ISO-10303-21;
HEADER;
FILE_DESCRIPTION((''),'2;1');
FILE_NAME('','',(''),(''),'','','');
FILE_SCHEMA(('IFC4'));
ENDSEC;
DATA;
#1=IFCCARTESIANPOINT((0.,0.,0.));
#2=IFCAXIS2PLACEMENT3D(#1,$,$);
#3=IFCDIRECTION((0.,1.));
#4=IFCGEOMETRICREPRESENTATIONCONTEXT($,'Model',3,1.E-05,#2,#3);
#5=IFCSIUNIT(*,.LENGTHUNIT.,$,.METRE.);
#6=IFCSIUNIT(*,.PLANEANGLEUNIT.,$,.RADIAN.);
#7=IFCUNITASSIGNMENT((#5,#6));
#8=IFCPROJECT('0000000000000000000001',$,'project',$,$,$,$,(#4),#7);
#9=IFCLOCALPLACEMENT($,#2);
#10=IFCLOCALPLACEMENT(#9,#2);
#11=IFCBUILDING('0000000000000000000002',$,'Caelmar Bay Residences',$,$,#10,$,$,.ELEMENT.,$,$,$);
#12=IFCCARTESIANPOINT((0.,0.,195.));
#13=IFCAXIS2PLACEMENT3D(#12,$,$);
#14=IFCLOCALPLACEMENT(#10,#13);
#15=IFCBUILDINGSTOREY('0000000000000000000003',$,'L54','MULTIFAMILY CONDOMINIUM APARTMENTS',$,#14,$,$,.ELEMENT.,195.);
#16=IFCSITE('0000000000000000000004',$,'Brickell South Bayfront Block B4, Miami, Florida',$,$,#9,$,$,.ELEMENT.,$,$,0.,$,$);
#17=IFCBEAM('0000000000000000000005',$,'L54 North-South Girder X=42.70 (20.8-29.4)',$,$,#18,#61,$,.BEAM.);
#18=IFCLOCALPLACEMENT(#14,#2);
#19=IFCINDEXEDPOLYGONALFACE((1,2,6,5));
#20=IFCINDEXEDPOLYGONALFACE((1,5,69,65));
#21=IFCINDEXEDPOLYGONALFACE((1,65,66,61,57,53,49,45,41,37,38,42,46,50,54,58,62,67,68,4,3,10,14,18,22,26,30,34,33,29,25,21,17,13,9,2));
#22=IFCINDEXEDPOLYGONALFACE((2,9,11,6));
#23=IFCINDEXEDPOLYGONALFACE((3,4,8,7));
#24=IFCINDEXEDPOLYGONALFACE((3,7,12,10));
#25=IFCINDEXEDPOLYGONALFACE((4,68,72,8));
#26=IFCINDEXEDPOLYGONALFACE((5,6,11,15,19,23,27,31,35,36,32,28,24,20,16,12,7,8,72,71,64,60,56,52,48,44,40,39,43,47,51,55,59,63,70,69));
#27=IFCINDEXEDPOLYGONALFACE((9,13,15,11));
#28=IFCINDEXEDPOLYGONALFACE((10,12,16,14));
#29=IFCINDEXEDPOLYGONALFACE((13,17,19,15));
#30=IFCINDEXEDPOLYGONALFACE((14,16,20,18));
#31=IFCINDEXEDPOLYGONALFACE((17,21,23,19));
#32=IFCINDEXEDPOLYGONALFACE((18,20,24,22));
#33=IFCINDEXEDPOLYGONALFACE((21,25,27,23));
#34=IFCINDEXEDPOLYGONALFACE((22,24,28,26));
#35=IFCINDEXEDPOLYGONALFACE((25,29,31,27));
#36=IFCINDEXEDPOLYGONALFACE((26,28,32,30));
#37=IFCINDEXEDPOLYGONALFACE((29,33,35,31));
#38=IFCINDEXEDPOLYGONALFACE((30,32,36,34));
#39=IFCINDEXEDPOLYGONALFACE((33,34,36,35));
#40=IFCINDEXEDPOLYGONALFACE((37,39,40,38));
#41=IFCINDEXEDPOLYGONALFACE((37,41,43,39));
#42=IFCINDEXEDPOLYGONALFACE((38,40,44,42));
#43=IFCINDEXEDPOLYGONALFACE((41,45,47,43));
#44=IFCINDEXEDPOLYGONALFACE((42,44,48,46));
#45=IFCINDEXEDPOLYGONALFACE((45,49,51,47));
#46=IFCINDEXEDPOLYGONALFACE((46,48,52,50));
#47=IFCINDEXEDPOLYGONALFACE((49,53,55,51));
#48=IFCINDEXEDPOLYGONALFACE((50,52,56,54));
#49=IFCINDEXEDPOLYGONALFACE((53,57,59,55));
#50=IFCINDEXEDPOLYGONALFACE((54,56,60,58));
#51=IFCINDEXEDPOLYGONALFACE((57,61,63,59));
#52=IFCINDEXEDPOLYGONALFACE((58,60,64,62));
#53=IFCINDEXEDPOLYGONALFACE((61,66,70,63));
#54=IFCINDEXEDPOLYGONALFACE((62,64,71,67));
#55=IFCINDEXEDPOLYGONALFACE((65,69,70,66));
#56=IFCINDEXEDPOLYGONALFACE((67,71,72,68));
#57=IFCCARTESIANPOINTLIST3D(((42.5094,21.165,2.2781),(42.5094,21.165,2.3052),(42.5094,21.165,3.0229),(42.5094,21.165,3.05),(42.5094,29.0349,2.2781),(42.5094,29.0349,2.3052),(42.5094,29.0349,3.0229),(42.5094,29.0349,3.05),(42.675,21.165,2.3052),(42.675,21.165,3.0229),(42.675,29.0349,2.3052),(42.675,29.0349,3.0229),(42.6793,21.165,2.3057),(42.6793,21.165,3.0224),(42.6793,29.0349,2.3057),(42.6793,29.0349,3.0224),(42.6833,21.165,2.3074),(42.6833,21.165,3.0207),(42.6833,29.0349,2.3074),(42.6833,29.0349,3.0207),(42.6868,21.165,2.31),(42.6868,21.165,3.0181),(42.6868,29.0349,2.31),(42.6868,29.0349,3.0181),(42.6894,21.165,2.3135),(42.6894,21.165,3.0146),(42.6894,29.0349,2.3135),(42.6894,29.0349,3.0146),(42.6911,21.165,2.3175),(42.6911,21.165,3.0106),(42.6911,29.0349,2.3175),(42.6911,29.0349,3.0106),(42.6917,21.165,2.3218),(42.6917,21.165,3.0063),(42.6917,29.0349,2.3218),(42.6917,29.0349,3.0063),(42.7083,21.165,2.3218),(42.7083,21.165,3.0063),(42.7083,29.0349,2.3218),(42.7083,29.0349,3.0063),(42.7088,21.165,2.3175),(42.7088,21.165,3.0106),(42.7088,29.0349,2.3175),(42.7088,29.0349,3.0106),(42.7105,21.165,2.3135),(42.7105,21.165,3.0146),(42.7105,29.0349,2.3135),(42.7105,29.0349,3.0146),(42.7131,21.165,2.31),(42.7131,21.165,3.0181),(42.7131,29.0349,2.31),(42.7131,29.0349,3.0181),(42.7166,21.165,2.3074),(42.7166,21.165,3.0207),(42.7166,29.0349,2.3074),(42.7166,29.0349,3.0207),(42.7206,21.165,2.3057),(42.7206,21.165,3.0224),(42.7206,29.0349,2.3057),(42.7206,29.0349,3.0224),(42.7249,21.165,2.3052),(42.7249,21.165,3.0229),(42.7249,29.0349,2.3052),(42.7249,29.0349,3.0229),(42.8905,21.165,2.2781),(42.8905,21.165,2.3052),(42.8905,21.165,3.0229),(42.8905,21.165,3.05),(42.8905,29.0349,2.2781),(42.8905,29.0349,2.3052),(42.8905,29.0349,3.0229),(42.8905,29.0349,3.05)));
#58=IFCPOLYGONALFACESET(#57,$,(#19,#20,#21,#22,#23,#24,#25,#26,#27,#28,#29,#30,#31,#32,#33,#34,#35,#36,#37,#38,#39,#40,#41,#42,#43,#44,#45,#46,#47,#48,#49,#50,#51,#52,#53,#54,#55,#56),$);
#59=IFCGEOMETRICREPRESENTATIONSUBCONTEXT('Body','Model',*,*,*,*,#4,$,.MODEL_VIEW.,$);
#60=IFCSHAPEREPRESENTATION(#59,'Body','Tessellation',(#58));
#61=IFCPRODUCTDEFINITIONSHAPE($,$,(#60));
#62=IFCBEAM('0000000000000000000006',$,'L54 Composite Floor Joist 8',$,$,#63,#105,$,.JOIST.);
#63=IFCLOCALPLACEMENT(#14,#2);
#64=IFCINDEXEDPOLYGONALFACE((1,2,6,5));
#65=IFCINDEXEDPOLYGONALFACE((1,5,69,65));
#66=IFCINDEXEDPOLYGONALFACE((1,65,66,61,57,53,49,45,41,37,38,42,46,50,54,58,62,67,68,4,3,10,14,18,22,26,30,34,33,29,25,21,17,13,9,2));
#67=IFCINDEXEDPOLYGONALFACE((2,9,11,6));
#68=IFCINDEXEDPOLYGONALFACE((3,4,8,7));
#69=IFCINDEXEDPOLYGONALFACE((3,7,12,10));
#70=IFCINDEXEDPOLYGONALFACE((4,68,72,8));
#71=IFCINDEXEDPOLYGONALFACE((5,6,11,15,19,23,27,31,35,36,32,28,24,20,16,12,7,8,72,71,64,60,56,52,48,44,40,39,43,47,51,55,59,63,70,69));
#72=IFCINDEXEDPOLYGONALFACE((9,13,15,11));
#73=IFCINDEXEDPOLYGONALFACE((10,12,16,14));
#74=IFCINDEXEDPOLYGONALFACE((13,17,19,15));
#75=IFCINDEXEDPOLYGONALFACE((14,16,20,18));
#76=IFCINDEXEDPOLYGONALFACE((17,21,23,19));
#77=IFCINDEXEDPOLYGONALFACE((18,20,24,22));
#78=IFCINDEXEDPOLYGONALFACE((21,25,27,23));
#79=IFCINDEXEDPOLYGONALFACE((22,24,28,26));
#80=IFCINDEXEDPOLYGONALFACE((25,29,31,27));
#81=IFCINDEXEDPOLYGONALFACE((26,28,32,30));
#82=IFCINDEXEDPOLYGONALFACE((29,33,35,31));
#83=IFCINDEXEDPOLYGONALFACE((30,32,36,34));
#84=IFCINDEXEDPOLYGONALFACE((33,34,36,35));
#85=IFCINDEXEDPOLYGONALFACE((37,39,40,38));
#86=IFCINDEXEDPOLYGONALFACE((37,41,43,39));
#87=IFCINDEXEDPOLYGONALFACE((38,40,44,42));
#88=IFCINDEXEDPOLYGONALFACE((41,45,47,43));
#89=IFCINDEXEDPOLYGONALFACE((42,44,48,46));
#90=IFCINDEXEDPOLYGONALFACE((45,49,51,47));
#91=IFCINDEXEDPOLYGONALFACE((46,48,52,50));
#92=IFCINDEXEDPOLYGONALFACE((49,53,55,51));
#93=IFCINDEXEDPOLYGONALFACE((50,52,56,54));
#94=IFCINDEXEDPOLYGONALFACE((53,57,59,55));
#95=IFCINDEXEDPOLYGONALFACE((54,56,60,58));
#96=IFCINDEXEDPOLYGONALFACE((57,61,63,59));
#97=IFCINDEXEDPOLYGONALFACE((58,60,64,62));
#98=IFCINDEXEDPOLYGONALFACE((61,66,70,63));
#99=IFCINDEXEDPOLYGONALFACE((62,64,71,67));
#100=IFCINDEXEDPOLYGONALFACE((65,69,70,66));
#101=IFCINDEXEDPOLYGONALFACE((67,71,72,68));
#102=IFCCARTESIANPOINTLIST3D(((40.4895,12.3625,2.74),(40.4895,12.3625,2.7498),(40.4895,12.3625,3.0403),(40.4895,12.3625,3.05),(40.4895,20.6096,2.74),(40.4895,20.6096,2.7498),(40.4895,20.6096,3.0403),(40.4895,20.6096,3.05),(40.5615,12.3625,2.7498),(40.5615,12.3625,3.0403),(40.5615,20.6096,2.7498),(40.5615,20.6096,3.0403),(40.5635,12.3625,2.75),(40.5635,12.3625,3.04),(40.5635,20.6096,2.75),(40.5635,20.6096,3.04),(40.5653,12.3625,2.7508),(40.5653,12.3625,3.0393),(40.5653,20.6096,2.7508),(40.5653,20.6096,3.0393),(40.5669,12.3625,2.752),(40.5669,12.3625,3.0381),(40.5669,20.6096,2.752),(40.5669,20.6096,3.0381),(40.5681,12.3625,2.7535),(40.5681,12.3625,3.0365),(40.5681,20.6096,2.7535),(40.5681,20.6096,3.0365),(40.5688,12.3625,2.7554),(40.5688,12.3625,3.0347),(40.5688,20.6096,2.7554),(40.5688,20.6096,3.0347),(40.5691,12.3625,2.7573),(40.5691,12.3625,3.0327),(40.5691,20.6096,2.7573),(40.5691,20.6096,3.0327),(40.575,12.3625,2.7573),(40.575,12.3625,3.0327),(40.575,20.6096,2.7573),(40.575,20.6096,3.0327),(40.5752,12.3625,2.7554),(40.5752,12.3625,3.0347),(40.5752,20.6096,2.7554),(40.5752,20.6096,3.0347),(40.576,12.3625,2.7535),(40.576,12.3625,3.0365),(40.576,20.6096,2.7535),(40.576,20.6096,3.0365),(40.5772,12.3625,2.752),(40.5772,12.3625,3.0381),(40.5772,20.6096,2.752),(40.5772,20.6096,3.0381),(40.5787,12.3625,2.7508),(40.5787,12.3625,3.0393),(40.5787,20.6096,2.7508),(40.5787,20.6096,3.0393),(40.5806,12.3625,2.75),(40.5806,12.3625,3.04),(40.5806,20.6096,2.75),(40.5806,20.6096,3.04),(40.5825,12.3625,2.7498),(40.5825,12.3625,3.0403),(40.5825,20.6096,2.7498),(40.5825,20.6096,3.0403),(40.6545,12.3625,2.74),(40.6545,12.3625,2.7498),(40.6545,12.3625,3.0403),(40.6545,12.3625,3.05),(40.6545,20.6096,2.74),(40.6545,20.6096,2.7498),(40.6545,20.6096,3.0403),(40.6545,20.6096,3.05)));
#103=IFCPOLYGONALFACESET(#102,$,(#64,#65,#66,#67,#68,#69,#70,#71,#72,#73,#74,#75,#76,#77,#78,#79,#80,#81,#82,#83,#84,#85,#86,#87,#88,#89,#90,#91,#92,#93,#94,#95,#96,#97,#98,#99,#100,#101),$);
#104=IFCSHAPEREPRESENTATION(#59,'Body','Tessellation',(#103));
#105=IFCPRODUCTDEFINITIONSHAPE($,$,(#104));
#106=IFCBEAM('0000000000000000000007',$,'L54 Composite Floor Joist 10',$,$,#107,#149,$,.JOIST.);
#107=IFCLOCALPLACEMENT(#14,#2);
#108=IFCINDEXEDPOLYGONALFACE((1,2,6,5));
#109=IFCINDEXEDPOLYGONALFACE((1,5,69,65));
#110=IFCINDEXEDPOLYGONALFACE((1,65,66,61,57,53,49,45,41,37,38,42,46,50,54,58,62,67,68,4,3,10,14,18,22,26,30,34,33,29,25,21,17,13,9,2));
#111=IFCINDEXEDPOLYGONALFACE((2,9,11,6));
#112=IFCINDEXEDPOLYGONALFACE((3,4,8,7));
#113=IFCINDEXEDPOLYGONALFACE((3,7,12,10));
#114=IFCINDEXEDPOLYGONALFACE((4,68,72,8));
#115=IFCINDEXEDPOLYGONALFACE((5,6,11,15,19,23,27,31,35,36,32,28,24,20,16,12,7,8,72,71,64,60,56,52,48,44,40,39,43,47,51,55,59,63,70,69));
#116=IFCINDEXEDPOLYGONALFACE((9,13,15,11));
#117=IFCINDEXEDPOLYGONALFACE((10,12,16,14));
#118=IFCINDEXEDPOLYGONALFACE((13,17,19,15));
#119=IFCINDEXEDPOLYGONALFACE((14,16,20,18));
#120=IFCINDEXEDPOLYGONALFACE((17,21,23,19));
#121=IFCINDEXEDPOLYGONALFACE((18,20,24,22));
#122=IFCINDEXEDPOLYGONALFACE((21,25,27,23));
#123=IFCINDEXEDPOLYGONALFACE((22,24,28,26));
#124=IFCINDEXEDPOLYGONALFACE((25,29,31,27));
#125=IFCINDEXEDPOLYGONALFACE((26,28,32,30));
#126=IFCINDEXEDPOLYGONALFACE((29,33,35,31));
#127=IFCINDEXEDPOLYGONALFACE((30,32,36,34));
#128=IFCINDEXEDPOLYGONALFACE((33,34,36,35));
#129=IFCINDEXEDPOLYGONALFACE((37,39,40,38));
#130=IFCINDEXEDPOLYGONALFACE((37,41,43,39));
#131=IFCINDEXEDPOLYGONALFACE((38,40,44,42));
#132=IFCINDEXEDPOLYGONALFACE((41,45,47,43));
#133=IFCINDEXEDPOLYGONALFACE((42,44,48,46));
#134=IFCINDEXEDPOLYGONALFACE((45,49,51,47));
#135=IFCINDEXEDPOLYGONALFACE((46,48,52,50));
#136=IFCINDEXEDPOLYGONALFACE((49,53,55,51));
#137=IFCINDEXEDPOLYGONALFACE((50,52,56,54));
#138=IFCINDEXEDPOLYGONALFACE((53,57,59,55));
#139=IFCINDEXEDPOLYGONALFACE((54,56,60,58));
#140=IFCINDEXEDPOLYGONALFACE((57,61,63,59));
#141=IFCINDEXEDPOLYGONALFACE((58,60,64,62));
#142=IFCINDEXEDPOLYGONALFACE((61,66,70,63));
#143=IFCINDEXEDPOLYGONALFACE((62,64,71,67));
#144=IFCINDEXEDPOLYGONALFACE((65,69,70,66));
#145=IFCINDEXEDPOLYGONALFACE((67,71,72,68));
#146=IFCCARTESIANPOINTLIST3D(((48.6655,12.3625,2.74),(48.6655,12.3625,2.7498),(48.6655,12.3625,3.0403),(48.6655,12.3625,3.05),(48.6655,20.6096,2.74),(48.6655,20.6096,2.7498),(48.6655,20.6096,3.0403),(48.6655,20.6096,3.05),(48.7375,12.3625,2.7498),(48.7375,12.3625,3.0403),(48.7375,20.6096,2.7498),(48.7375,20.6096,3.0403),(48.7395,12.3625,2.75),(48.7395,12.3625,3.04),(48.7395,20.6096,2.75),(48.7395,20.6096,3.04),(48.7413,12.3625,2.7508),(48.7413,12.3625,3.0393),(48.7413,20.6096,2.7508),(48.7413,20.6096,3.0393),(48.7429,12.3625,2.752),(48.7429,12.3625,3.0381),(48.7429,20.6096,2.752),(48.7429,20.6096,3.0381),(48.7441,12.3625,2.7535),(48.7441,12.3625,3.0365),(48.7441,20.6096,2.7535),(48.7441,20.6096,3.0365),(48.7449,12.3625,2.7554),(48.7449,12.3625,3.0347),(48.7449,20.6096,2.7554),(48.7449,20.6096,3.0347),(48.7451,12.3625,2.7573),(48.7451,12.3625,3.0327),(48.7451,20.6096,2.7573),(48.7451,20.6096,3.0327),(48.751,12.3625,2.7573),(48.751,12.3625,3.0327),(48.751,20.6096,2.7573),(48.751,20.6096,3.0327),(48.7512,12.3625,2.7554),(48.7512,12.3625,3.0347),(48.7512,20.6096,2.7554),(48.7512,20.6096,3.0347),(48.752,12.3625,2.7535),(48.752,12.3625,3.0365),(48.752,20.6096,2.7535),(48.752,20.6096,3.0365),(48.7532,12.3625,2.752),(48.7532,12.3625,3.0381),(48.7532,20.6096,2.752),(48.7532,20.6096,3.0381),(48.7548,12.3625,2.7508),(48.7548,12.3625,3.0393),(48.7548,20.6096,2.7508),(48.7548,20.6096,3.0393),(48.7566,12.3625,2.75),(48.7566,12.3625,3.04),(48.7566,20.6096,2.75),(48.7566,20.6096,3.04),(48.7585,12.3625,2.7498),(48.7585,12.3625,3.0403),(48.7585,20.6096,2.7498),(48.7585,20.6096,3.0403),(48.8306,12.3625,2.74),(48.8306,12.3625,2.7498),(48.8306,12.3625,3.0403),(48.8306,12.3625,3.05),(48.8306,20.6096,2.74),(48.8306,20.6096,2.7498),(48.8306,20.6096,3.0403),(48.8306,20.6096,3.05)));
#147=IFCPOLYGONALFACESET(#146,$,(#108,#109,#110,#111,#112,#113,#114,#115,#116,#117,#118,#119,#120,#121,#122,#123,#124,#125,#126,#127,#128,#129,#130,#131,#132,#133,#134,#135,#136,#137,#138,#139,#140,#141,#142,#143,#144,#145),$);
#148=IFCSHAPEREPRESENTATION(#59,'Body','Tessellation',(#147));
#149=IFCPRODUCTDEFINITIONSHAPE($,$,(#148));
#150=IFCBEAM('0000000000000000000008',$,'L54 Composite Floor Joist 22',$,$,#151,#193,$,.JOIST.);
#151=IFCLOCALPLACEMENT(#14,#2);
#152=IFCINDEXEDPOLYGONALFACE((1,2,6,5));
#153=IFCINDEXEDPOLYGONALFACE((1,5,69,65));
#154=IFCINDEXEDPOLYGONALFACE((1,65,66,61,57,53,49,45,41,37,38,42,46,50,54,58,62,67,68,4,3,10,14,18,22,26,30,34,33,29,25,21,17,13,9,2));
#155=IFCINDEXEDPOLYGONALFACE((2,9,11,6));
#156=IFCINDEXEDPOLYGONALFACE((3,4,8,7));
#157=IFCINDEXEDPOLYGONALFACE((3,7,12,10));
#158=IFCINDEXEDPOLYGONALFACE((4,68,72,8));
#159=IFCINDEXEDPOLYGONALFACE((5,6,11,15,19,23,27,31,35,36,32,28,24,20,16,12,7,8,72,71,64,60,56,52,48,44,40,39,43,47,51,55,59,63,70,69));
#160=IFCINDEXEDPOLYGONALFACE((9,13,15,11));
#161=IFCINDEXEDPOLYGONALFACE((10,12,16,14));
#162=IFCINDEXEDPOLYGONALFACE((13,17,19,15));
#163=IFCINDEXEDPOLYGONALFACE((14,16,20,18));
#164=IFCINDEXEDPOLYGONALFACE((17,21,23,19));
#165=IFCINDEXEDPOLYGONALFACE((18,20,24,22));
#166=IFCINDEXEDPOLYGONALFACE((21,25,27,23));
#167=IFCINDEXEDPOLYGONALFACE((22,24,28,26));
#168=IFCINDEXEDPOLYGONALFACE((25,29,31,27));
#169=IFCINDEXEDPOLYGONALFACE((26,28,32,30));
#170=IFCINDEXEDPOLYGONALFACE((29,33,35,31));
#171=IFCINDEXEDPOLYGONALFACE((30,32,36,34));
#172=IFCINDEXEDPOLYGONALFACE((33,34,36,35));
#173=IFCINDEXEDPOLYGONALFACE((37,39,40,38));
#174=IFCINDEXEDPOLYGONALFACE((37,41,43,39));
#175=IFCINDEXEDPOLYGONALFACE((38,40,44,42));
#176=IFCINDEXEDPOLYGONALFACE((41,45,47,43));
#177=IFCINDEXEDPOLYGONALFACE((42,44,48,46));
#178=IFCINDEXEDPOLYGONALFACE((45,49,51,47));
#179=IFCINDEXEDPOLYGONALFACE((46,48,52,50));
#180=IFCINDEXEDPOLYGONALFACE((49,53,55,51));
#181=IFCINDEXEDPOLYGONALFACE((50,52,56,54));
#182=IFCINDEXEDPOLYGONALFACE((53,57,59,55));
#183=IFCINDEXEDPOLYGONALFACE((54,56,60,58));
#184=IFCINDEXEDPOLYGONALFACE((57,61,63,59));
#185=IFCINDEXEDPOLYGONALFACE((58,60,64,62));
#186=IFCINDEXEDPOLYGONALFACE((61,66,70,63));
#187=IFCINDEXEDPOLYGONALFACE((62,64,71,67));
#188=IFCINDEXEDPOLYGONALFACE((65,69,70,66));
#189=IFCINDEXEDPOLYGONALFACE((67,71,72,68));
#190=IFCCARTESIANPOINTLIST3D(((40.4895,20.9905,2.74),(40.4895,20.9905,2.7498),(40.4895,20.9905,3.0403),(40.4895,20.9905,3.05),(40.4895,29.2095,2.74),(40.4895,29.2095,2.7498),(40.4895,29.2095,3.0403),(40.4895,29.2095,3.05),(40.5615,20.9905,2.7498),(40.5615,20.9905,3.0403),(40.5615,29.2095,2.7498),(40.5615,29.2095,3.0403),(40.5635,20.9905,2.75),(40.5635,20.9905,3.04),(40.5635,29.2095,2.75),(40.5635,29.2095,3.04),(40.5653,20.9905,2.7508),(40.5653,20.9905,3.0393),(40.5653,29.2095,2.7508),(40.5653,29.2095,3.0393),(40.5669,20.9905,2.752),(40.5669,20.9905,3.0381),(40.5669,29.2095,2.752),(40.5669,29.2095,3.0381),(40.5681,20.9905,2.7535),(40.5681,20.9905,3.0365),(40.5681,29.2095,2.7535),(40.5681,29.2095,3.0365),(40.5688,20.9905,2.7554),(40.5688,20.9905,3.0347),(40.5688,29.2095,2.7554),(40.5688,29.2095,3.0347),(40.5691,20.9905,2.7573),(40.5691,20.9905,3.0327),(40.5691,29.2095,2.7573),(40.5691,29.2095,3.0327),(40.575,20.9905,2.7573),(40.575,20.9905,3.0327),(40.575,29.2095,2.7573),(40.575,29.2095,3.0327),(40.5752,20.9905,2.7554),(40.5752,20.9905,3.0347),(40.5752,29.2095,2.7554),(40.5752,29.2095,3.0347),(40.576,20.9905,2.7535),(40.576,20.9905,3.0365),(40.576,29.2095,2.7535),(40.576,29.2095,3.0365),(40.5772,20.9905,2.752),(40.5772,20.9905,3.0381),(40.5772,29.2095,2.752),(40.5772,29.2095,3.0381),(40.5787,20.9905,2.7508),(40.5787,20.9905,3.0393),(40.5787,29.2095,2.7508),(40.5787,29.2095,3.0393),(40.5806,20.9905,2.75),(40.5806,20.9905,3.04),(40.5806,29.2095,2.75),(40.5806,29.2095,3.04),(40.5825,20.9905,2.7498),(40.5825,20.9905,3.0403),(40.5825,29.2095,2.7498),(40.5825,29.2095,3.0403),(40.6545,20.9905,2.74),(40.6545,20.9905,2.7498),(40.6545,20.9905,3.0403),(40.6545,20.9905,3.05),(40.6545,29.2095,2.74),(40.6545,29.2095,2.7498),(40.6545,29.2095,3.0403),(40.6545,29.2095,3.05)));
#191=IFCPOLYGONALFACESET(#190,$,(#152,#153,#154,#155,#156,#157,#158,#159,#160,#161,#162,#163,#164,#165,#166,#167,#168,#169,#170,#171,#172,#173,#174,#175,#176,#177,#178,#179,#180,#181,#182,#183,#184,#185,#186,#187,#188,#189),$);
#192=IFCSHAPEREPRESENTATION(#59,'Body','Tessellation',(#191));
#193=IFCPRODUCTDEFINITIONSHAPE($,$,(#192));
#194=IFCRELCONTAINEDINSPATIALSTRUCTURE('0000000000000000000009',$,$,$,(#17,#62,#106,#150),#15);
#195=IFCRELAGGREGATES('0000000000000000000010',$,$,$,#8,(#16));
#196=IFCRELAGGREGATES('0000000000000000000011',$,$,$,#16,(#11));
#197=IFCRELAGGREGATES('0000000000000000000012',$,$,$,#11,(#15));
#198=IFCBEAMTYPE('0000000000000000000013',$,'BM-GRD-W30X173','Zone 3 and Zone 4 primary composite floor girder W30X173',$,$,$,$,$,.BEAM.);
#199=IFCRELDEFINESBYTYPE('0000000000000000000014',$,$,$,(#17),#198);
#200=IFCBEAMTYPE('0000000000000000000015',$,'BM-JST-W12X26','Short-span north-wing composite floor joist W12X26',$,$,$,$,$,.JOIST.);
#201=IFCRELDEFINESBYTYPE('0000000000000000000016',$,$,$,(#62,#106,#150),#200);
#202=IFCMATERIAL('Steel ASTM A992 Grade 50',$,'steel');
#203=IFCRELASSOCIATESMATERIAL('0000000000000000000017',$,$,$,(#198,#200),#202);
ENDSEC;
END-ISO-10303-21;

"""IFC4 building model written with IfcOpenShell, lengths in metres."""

from ifc_helpers import new_model, si_unit, direction, frame, origin, origin_2d, place, context, subcontext, project, spatial, i_section, extrude, material, material_profile, profile_set, type_object, element, save


model = new_model("IFC4")

# Units and contexts
model_context = context("Model", 3, precision=1e-05, world=origin(), true_north=direction((0.0, 1.0)))
body_context = subcontext(model_context, "Body", "Model", "MODEL_VIEW")
ifc_project = project(units=[si_unit("LENGTHUNIT", "METRE"), si_unit("PLANEANGLEUNIT", "RADIAN")], contexts=[model_context])

# Site, building, storey
site_placement = place(None, origin())
site = spatial("IfcSite", under=ifc_project, at=site_placement, Name="Brickell South Bayfront Block B4, Miami, Florida", CompositionType="ELEMENT", RefElevation=0.0)
building_placement = place(site_placement, origin())
building = spatial("IfcBuilding", under=site, at=building_placement, Name="Caelmar Bay Residences", CompositionType="ELEMENT")
storey_placement = place(building_placement, frame((0.0, 0.0, 195.0)))
storey = spatial("IfcBuildingStorey", under=building, at=storey_placement, Name="L54", Description="MULTIFAMILY CONDOMINIUM APARTMENTS", CompositionType="ELEMENT", Elevation=195.0)

# Beams
ifc_material_1 = material(Name="Steel ASTM A992 Grade 50", Category="steel")
ifc_material_profile_1 = material_profile(ifc_material_1, i_section(OverallWidth=0.3811, OverallDepth=0.772, WebThickness=0.0166, FlangeThickness=0.0271, FilletRadius=0.0166, at=origin_2d()), Name="W30X173")
ifc_profile_set_1 = profile_set([ifc_material_profile_1], Name="Steel ASTM A992 Grade 50")
beam_type_1 = type_object("IfcBeamType", Name="BM-GRD-W30X173", Description="Zone 3 and Zone 4 primary composite floor girder W30X173", PredefinedType="BEAM", material=ifc_profile_set_1)
beam_1_placement = place(storey_placement, frame((42.7, 21.165, 2.6641), z_axis=(0.0, 1.0, 0.0), x_axis=(-1.0, 0.0, 0.0)))
element("IfcBeam", 1, at=beam_1_placement, inside=storey, type_object=beam_type_1, Name="L54 North-South Girder X=42.70 (20.8-29.4)", PredefinedType="BEAM", context=body_context, shape_type="SweptSolid", body=[
    extrude(i_section(OverallWidth=0.3811, OverallDepth=0.772, WebThickness=0.0166, FlangeThickness=0.0271, FilletRadius=0.0166, at=origin_2d()), origin(), (0.0, 0.0, 1.0), 7.8699),
])
ifc_material_profile_2 = material_profile(ifc_material_1, i_section(OverallWidth=0.165, OverallDepth=0.3101, WebThickness=0.0059, FlangeThickness=0.0098, FilletRadius=0.0076, at=origin_2d()), Name="W12X26")
ifc_profile_set_2 = profile_set([ifc_material_profile_2], Name="Steel ASTM A992 Grade 50")
beam_type_2 = type_object("IfcBeamType", Name="BM-JST-W12X26", Description="Short-span north-wing composite floor joist W12X26", PredefinedType="JOIST", material=ifc_profile_set_2)
for number, where, z_axis, x_axis, name in (
    (2, (40.572, 12.3625, 2.895), (0.0, 1.0, 0.0), (-1.0, 0.0, 0.0), "L54 Composite Floor Joist 8"),
    (3, (48.748, 12.3625, 2.895), (0.0, 1.0, 0.0), (-1.0, 0.0, 0.0), "L54 Composite Floor Joist 10"),
):
    element("IfcBeam", number, at=place(storey_placement, frame(where, z_axis=z_axis, x_axis=x_axis)), inside=storey, type_object=beam_type_2, Name=name, PredefinedType="JOIST", context=body_context, shape_type="SweptSolid", body=[
        extrude(i_section(OverallWidth=0.165, OverallDepth=0.3101, WebThickness=0.0059, FlangeThickness=0.0098, FilletRadius=0.0076, at=origin_2d()), origin(), (0.0, 0.0, 1.0), 8.2471),
    ])
for number, where, z_axis, x_axis, name in (
    (4, (40.572, 20.9905, 2.895), (0.0, 1.0, 0.0), (-1.0, 0.0, 0.0), "L54 Composite Floor Joist 22"),
):
    element("IfcBeam", number, at=place(storey_placement, frame(where, z_axis=z_axis, x_axis=x_axis)), inside=storey, type_object=beam_type_2, Name=name, PredefinedType="JOIST", context=body_context, shape_type="SweptSolid", body=[
        extrude(i_section(OverallWidth=0.165, OverallDepth=0.3101, WebThickness=0.0059, FlangeThickness=0.0098, FilletRadius=0.0076, at=origin_2d()), origin(), (0.0, 0.0, 1.0), 8.219),
    ])

save(model, "model.ifc")
